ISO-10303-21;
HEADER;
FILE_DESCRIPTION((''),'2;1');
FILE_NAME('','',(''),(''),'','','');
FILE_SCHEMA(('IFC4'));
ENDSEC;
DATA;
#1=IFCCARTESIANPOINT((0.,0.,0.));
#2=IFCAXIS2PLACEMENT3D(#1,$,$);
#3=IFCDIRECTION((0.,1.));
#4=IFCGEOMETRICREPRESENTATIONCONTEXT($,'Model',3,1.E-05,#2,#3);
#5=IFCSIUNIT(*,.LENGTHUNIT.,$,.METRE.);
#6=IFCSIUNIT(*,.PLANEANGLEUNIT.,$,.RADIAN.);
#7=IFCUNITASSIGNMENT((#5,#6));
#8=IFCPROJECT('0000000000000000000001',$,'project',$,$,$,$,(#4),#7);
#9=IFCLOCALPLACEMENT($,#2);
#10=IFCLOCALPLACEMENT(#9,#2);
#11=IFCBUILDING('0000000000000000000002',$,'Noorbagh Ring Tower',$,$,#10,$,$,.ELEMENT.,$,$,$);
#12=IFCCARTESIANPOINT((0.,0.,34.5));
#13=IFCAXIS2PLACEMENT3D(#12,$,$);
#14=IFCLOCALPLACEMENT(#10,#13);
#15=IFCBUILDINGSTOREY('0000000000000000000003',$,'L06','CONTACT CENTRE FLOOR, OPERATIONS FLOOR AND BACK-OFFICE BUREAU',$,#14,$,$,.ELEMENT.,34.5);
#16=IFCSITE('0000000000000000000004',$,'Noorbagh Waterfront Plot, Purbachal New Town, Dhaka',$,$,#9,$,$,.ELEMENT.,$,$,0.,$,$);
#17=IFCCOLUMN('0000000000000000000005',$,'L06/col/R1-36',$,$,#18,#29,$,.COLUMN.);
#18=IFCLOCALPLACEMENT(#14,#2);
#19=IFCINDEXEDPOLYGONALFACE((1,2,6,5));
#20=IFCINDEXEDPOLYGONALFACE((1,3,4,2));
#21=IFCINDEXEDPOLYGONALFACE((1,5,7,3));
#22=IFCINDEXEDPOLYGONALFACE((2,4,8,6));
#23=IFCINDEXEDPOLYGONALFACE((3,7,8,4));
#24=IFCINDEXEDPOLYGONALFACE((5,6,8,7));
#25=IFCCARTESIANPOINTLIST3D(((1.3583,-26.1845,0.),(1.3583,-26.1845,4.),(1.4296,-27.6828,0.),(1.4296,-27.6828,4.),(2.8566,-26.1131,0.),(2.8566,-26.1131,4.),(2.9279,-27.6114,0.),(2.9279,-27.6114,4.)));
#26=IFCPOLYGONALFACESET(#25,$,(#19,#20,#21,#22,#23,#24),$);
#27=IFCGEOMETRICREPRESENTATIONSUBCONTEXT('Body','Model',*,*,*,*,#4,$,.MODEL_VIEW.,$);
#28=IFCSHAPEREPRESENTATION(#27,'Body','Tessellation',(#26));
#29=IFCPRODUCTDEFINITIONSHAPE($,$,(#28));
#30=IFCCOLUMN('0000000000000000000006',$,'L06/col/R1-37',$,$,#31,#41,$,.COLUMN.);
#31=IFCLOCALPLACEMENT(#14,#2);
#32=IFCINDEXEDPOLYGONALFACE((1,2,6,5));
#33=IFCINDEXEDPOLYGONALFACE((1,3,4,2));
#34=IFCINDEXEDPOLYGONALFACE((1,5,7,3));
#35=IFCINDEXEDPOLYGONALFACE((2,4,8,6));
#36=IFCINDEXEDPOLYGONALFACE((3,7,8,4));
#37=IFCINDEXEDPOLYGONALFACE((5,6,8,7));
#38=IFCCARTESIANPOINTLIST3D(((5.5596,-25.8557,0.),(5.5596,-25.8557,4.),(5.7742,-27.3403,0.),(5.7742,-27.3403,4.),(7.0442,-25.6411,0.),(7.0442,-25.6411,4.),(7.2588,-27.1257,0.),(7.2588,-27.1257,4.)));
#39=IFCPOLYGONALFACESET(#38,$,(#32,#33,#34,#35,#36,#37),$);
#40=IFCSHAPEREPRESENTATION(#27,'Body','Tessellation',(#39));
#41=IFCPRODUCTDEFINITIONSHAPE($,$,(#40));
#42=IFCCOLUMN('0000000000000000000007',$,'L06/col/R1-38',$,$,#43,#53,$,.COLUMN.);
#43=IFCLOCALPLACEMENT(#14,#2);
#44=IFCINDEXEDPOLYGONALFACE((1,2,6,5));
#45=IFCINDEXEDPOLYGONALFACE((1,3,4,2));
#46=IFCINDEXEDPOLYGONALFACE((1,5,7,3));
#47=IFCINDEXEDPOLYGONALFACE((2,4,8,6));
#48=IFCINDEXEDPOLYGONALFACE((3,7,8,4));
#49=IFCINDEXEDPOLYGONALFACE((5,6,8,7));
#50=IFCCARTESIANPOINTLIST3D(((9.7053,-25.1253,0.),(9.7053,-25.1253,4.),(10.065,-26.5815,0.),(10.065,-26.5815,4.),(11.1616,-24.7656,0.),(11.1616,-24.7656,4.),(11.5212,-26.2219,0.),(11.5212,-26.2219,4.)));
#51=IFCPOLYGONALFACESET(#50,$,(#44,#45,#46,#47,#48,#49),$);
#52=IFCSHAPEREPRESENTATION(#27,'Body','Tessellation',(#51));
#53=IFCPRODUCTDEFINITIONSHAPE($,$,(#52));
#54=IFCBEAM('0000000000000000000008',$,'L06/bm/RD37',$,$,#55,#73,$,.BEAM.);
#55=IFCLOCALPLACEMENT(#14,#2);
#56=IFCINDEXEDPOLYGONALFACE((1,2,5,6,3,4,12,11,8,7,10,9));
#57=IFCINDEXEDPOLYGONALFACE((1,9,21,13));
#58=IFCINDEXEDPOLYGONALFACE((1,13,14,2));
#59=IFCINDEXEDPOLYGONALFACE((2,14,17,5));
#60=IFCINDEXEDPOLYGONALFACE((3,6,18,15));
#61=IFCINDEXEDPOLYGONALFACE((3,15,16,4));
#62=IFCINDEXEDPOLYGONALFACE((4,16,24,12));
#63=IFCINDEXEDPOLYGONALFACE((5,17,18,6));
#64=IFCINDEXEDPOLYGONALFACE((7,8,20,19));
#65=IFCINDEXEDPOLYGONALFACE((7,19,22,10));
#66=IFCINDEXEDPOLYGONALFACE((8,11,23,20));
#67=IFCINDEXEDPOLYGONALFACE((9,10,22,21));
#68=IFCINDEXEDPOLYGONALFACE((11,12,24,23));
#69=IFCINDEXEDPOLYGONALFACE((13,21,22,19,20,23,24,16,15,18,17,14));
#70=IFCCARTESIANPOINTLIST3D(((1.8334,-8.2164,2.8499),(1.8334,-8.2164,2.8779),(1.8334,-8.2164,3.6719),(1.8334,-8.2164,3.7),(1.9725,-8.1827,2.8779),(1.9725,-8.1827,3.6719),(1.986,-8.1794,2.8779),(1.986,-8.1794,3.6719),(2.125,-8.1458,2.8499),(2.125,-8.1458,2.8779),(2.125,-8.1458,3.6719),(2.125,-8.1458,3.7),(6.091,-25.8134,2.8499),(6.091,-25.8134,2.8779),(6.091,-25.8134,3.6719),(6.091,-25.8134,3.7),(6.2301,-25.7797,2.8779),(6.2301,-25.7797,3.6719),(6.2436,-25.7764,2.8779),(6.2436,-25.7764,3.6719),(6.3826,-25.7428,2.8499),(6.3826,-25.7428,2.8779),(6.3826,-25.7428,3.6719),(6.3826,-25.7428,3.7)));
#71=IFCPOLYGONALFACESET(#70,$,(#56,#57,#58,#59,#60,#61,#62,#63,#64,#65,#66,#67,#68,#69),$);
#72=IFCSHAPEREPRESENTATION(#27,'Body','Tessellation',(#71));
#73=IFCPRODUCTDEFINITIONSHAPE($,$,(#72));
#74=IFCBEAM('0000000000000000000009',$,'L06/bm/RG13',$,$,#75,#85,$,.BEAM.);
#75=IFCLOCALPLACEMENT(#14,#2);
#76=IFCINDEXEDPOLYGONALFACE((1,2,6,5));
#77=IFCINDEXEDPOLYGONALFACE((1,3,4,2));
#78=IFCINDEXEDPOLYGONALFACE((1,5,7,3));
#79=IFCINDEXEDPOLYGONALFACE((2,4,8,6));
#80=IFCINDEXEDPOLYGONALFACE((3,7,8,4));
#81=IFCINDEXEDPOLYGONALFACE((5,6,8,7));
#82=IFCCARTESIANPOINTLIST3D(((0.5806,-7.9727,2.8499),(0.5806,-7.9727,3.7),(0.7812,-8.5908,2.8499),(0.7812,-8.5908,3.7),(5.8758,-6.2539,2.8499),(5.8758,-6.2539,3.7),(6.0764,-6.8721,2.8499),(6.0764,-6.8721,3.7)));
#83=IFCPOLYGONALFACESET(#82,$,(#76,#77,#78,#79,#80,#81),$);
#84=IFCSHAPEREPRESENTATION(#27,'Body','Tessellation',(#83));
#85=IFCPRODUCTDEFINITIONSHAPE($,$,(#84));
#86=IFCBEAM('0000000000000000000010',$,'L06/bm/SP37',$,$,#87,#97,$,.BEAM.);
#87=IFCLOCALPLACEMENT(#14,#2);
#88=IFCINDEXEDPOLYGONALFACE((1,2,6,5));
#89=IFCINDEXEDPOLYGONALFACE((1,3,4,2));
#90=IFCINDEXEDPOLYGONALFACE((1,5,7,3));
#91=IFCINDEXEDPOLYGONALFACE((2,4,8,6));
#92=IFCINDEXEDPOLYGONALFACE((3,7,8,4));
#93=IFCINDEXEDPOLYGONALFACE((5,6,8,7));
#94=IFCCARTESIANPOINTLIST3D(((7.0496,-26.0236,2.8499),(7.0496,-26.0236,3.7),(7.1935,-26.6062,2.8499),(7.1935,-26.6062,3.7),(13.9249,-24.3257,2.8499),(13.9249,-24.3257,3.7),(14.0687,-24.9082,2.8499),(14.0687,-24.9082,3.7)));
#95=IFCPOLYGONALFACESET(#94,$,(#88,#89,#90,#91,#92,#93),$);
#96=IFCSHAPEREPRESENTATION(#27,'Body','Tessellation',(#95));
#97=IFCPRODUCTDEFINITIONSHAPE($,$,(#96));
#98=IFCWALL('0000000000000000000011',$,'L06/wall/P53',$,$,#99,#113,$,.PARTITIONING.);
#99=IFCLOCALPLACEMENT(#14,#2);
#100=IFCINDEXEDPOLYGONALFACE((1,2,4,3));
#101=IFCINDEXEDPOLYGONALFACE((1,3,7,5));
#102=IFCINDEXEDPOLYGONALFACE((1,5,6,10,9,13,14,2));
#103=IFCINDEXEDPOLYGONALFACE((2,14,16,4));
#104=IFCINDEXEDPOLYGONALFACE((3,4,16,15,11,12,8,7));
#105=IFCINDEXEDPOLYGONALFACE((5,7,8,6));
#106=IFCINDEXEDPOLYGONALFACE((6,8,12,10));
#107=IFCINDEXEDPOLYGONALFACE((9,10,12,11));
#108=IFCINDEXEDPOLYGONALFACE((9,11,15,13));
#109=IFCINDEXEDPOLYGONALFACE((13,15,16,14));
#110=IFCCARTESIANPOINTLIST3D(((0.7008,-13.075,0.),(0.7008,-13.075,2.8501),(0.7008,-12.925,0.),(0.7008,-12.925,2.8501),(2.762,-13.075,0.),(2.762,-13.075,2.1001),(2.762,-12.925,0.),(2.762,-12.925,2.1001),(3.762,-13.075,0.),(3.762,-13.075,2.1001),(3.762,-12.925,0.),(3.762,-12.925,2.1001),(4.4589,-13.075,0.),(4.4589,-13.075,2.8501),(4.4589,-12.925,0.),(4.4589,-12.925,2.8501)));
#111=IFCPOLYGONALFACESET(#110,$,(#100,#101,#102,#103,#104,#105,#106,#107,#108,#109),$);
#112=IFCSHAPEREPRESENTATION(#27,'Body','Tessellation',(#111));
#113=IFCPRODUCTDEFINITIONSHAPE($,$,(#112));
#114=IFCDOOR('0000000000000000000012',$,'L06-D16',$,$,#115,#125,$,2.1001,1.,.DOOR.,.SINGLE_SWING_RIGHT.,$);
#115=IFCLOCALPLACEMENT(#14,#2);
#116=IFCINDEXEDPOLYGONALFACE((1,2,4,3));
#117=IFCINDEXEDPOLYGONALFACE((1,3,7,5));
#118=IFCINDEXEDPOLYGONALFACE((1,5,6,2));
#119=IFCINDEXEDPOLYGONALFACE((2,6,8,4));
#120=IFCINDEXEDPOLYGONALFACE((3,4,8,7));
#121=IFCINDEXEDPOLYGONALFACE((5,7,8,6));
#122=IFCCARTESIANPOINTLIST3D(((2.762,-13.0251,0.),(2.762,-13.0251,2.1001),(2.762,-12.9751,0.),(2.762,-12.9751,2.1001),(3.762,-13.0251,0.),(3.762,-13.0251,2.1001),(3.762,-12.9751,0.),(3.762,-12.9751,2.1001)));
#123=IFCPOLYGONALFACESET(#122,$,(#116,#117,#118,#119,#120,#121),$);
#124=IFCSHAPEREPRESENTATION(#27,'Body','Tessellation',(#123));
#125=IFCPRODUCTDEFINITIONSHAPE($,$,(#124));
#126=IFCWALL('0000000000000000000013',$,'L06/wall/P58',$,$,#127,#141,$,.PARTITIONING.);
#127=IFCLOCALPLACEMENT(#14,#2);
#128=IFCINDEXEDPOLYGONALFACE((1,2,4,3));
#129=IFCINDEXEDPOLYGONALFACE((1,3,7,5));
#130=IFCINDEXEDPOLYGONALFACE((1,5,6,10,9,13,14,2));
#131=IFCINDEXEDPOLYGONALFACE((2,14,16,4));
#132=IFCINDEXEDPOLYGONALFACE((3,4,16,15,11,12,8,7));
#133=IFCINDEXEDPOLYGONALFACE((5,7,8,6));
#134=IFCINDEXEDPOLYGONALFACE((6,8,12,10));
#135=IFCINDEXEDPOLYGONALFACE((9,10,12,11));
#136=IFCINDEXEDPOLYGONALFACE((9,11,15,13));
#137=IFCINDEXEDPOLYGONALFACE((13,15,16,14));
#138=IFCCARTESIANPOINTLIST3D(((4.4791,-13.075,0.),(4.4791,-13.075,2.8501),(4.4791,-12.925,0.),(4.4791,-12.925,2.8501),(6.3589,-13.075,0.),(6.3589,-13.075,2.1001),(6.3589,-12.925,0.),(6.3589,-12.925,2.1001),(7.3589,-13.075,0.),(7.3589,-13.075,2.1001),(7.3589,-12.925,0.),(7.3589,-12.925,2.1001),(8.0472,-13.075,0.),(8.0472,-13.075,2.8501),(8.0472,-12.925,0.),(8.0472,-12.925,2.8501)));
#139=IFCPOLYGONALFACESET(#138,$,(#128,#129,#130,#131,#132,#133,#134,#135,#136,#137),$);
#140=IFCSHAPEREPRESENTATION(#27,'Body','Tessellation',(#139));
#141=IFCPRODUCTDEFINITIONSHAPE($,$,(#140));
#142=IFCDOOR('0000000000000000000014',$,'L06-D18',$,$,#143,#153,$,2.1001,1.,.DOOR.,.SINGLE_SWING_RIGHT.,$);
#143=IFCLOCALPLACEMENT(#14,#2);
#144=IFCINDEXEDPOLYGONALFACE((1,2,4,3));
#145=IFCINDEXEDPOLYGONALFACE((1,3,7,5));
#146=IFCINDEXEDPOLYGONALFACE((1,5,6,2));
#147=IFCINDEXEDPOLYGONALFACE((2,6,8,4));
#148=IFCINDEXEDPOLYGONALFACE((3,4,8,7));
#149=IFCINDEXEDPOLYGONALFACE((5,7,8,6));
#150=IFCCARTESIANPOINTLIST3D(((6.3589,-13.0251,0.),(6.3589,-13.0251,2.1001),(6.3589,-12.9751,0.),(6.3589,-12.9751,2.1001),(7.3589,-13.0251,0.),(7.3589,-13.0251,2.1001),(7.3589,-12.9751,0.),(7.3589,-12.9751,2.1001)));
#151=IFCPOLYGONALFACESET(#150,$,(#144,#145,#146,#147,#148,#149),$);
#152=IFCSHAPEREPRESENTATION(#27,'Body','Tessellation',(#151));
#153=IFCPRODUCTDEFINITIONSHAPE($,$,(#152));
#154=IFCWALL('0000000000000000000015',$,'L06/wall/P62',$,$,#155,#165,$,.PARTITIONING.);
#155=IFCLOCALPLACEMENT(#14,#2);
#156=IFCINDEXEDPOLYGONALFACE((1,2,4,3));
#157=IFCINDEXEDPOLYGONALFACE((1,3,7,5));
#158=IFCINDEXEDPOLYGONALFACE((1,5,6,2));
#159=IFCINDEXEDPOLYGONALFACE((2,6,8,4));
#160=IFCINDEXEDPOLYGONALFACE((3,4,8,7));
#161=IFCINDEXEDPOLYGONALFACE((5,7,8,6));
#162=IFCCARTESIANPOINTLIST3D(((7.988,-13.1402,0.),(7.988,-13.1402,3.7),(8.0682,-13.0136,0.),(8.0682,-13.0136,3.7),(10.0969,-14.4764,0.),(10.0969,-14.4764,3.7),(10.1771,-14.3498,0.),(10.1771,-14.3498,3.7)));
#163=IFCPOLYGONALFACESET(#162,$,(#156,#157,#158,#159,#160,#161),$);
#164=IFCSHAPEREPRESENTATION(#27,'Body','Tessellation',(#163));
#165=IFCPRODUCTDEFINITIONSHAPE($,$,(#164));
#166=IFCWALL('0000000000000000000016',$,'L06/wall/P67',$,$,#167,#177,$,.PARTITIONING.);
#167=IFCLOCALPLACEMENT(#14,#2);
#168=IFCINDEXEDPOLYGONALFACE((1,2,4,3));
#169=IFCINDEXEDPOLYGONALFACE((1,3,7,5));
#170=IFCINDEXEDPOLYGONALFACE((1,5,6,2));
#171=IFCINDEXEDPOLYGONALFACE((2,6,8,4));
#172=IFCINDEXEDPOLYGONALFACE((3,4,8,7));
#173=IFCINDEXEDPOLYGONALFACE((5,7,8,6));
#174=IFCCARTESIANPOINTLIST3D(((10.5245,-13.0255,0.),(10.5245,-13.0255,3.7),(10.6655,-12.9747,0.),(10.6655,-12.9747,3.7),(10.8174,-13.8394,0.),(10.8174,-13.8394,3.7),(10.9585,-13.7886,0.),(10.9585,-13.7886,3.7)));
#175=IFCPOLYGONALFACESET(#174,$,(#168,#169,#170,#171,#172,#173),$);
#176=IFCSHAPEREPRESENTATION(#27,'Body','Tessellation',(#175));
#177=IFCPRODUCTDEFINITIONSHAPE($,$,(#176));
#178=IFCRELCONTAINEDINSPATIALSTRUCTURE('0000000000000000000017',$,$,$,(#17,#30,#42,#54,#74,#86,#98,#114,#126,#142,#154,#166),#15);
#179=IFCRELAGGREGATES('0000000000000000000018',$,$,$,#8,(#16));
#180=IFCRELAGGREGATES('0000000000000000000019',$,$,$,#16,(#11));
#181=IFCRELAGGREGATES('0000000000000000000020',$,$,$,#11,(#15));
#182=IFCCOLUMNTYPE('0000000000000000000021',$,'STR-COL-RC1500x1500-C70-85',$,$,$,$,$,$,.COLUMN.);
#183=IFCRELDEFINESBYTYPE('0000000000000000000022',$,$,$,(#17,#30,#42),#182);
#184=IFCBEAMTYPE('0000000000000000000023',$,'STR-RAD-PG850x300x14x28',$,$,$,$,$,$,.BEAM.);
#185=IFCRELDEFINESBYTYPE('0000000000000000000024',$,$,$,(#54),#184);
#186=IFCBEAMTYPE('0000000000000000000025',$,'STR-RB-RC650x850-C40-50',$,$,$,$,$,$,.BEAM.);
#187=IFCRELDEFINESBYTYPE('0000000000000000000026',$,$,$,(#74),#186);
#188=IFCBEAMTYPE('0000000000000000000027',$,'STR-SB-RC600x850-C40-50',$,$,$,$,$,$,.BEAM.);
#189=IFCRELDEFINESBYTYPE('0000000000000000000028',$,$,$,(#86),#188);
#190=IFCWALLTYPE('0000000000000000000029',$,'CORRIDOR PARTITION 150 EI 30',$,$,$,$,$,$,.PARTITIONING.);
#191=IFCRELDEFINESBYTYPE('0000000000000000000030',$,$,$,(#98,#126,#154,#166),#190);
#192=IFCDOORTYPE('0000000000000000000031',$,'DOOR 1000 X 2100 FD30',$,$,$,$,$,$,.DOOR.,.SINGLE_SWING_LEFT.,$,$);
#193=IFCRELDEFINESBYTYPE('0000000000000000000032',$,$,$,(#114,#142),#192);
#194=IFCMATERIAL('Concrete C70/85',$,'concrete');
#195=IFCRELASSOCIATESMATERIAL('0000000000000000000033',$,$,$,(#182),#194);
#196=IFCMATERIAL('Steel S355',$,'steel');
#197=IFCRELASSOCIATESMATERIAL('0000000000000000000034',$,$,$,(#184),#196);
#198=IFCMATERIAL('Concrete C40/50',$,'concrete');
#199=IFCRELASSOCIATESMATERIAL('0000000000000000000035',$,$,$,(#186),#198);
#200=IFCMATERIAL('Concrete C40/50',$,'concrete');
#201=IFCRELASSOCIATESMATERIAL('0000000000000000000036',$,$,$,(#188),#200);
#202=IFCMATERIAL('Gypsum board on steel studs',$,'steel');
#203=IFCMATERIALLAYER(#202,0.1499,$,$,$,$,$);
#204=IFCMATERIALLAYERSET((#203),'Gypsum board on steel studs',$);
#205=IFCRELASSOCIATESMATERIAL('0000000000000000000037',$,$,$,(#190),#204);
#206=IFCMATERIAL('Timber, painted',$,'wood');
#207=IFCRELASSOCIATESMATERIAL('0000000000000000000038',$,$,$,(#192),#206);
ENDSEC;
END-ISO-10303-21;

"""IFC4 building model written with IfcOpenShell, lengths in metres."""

from ifc_helpers import new_model, si_unit, direction, frame, frame_2d, origin, origin_2d, place, context, subcontext, project, spatial, rectangle, i_section, extrude, material, layer, layer_set, material_profile, profile_set, type_object, element, fill, save


model = new_model("IFC4")

# Units and contexts
model_context = context("Model", 3, precision=1e-05, world=origin(), true_north=direction((0.0, 1.0)))
body_context = subcontext(model_context, "Body", "Model", "MODEL_VIEW")
ifc_project = project(units=[si_unit("LENGTHUNIT", "METRE"), si_unit("PLANEANGLEUNIT", "RADIAN")], contexts=[model_context])

# Site, building, storey
site_placement = place(None, origin())
site = spatial("IfcSite", under=ifc_project, at=site_placement, Name="Noorbagh Waterfront Plot, Purbachal New Town, Dhaka", CompositionType="ELEMENT", RefElevation=0.0)
building_placement = place(site_placement, origin())
building = spatial("IfcBuilding", under=site, at=building_placement, Name="Noorbagh Ring Tower", CompositionType="ELEMENT")
storey_placement = place(building_placement, frame((0.0, 0.0, 34.5)))
storey = spatial("IfcBuildingStorey", under=building, at=storey_placement, Name="L06", Description="CONTACT CENTRE FLOOR, OPERATIONS FLOOR AND BACK-OFFICE BUREAU", CompositionType="ELEMENT", Elevation=34.5)

# Columns
ifc_material_1 = material(Name="Concrete C70/85", Category="concrete")
ifc_material_profile_1 = material_profile(ifc_material_1, rectangle(XDim=1.5, YDim=1.5, at=origin_2d()), Name="RC1500x1500")
ifc_profile_set_1 = profile_set([ifc_material_profile_1], Name="Concrete C70/85")
column_type = type_object("IfcColumnType", Name="STR-COL-RC1500x1500-C70-85", PredefinedType="COLUMN", material=ifc_profile_set_1)
for number, where, z_axis, x_axis, name in (
    (1, (2.1431, -26.8979, 0.0), (0.0, 0.0, 1.0), (0.998869, 0.047553, 0.0), "L06/col/R1-36"),
    (2, (6.4092, -26.4907, 0.0), (0.0, 0.0, 1.0), (0.989713, 0.143066, 0.0), "L06/col/R1-37"),
    (3, (10.6133, -25.6736, 0.0), (0.0, 0.0, 1.0), (0.970829, 0.239771, 0.0), "L06/col/R1-38"),
):
    element("IfcColumn", number, at=place(storey_placement, frame(where, z_axis=z_axis, x_axis=x_axis)), inside=storey, type_object=column_type, Name=name, PredefinedType="COLUMN", context=body_context, shape_type="SweptSolid", body=[
        extrude(rectangle(XDim=1.5, YDim=1.5, at=origin_2d()), origin(), (0.0, 0.0, 1.0), 4.0),
    ])

# Beams
ifc_material_2 = material(Name="Steel S355", Category="steel")
ifc_material_profile_2 = material_profile(ifc_material_2, i_section(OverallWidth=0.3, OverallDepth=0.8501, WebThickness=0.0139, FlangeThickness=0.0281, at=origin_2d()), Name="PG850x300x14x28")
ifc_profile_set_2 = profile_set([ifc_material_profile_2], Name="Steel S355")
beam_type_1 = type_object("IfcBeamType", Name="STR-RAD-PG850x300x14x28", PredefinedType="BEAM", material=ifc_profile_set_2)
beam_1_placement = place(storey_placement, frame((6.2368, -25.7781, 3.2749), z_axis=(-0.235164, 0.971956, 0.0), x_axis=(-0.971956, -0.235164, 0.0)))
element("IfcBeam", 4, at=beam_1_placement, inside=storey, type_object=beam_type_1, Name="L06/bm/RD37", PredefinedType="BEAM", context=body_context, shape_type="SweptSolid", body=[
    extrude(i_section(OverallWidth=0.3, OverallDepth=0.8501, WebThickness=0.0139, FlangeThickness=0.0281, at=origin_2d()), origin(), (0.0, 0.0, 1.0), 18.1047),
])
ifc_material_3 = material(Name="Concrete C40/50", Category="concrete")
ifc_material_profile_3 = material_profile(ifc_material_3, rectangle(XDim=0.6499, YDim=0.8501, at=origin_2d()), Name="RC650x850")
ifc_profile_set_3 = profile_set([ifc_material_profile_3], Name="Concrete C40/50")
beam_type_2 = type_object("IfcBeamType", Name="STR-RB-RC650x850-C40-50", PredefinedType="BEAM", material=ifc_profile_set_3)
beam_2_placement = place(storey_placement, frame((0.6809, -8.2817, 3.2749), z_axis=(0.951149, 0.308732, 0.0), x_axis=(-0.308732, 0.951149, 0.0)))
element("IfcBeam", 5, at=beam_2_placement, inside=storey, type_object=beam_type_2, Name="L06/bm/RG13", PredefinedType="BEAM", context=body_context, shape_type="SweptSolid", body=[
    extrude(rectangle(XDim=0.6499, YDim=0.8501, at=origin_2d()), origin(), (0.0, 0.0, 1.0), 5.5671),
])
ifc_material_4 = material(Name="Concrete C40/50", Category="concrete")
ifc_material_profile_4 = material_profile(ifc_material_4, rectangle(XDim=0.6001, YDim=0.8501, at=origin_2d()), Name="RC600x850")
ifc_profile_set_4 = profile_set([ifc_material_profile_4], Name="Concrete C40/50")
beam_type_3 = type_object("IfcBeamType", Name="STR-SB-RC600x850-C40-50", PredefinedType="BEAM", material=ifc_profile_set_4)
beam_3_placement = place(storey_placement, frame((7.1216, -26.3149, 3.2749), z_axis=(0.97083, 0.239769, 0.0), x_axis=(-0.239769, 0.97083, 0.0)))
element("IfcBeam", 6, at=beam_3_placement, inside=storey, type_object=beam_type_3, Name="L06/bm/SP37", PredefinedType="BEAM", context=body_context, shape_type="SweptSolid", body=[
    extrude(rectangle(XDim=0.6001, YDim=0.8501, at=origin_2d()), origin(), (0.0, 0.0, 1.0), 7.0818),
])

# Walls, openings, doors
ifc_material_5 = material(Name="Gypsum board on steel studs", Category="steel")
ifc_layer_1 = layer(ifc_material_5, 0.1499)
ifc_layer_set_1 = layer_set([ifc_layer_1], Name="Gypsum board on steel studs")
wall_type_1 = type_object("IfcWallType", Name="CORRIDOR PARTITION 150 EI 30", PredefinedType="PARTITIONING", material=ifc_layer_set_1)
wall_1_placement = place(storey_placement, frame((0.7009, -13.0, 0.0), z_axis=(0.0, 0.0, 1.0), x_axis=(1.0, 0.0, 0.0)))
wall_1 = element("IfcWall", 7, at=wall_1_placement, inside=storey, type_object=wall_type_1, Name="L06/wall/P53", PredefinedType="PARTITIONING", context=body_context, shape_type="SweptSolid", body=[
    extrude(rectangle(XDim=3.7581, YDim=0.1499, at=frame_2d((1.8789, 0.0))), origin(), (0.0, 0.0, 1.0), 2.8501),
])
opening_1_placement = place(wall_1_placement, frame((2.061, 0.0, 0.0)))
opening_1 = element("IfcOpeningElement", 8, at=opening_1_placement, cuts=wall_1, PredefinedType="OPENING", context=body_context, shape_type="SweptSolid", body=[
    extrude(rectangle(XDim=1.0, YDim=2.1001, at=frame_2d((0.5, 1.05))), frame((0.0, 0.085, 0.0), z_axis=(0.0, -1.0, 0.0), x_axis=(1.0, 0.0, 0.0)), (0.0, 0.0, 1.0), 0.1699),
])
ifc_material_6 = material(Name="Timber, painted", Category="wood")
door_type = type_object("IfcDoorType", Name="DOOR 1000 X 2100 FD30", OperationType="SINGLE_SWING_LEFT", PredefinedType="DOOR", material=ifc_material_6)
door_1_placement = place(opening_1_placement, origin())
door_1 = element("IfcDoor", 9, at=door_1_placement, inside=storey, type_object=door_type, Name="L06-D16", OperationType="SINGLE_SWING_RIGHT", OverallHeight=2.1001, OverallWidth=1.0, PredefinedType="DOOR", context=body_context, shape_type="SweptSolid", body=[
    extrude(rectangle(XDim=1.0, YDim=2.1001, at=frame_2d((0.5, 1.05))), frame((0.0, 0.0249, 0.0), z_axis=(0.0, -1.0, 0.0), x_axis=(1.0, 0.0, 0.0)), (0.0, 0.0, 1.0), 0.05),
])
fill(opening_1, door_1)
wall_2_placement = place(storey_placement, frame((4.479, -13.0, 0.0), z_axis=(0.0, 0.0, 1.0), x_axis=(1.0, 0.0, 0.0)))
wall_2 = element("IfcWall", 10, at=wall_2_placement, inside=storey, type_object=wall_type_1, Name="L06/wall/P58", PredefinedType="PARTITIONING", context=body_context, shape_type="SweptSolid", body=[
    extrude(rectangle(XDim=3.5681, YDim=0.1499, at=frame_2d((1.7842, 0.0))), origin(), (0.0, 0.0, 1.0), 2.8501),
])
opening_2_placement = place(wall_2_placement, frame((1.8799, 0.0, 0.0)))
opening_2 = element("IfcOpeningElement", 11, at=opening_2_placement, cuts=wall_2, PredefinedType="OPENING", context=body_context, shape_type="SweptSolid", body=[
    extrude(rectangle(XDim=1.0, YDim=2.1001, at=frame_2d((0.5, 1.05))), frame((0.0, 0.085, 0.0), z_axis=(0.0, -1.0, 0.0), x_axis=(1.0, 0.0, 0.0)), (0.0, 0.0, 1.0), 0.1699),
])
door_2_placement = place(opening_2_placement, origin())
door_2 = element("IfcDoor", 12, at=door_2_placement, inside=storey, type_object=door_type, Name="L06-D18", OperationType="SINGLE_SWING_RIGHT", OverallHeight=2.1001, OverallWidth=1.0, PredefinedType="DOOR", context=body_context, shape_type="SweptSolid", body=[
    extrude(rectangle(XDim=1.0, YDim=2.1001, at=frame_2d((0.5, 1.05))), frame((0.0, 0.0249, 0.0), z_axis=(0.0, -1.0, 0.0), x_axis=(1.0, 0.0, 0.0)), (0.0, 0.0, 1.0), 0.05),
])
fill(opening_2, door_2)

# Walls
wall_3_placement = place(storey_placement, frame((8.0281, -13.0769, 0.0), z_axis=(0.0, 0.0, 1.0), x_axis=(0.844719, -0.53521, 0.0)))
element("IfcWall", 13, at=wall_3_placement, inside=storey, type_object=wall_type_1, Name="L06/wall/P62", PredefinedType="PARTITIONING", context=body_context, shape_type="SweptSolid", body=[
    extrude(rectangle(XDim=2.4966, YDim=0.1499, at=frame_2d((1.2483, 0.0))), origin(), (0.0, 0.0, 1.0), 3.7),
])
wall_4_placement = place(storey_placement, frame((10.595, -13.0, 0.0), z_axis=(0.0, 0.0, 1.0), x_axis=(0.33866, -0.940909, 0.0)))
element("IfcWall", 14, at=wall_4_placement, inside=storey, type_object=wall_type_1, Name="L06/wall/P67", PredefinedType="PARTITIONING", context=body_context, shape_type="SweptSolid", body=[
    extrude(rectangle(XDim=0.865, YDim=0.1499, at=frame_2d((0.4326, 0.0))), origin(), (0.0, 0.0, 1.0), 3.7),
])

save(model, "model.ifc")
